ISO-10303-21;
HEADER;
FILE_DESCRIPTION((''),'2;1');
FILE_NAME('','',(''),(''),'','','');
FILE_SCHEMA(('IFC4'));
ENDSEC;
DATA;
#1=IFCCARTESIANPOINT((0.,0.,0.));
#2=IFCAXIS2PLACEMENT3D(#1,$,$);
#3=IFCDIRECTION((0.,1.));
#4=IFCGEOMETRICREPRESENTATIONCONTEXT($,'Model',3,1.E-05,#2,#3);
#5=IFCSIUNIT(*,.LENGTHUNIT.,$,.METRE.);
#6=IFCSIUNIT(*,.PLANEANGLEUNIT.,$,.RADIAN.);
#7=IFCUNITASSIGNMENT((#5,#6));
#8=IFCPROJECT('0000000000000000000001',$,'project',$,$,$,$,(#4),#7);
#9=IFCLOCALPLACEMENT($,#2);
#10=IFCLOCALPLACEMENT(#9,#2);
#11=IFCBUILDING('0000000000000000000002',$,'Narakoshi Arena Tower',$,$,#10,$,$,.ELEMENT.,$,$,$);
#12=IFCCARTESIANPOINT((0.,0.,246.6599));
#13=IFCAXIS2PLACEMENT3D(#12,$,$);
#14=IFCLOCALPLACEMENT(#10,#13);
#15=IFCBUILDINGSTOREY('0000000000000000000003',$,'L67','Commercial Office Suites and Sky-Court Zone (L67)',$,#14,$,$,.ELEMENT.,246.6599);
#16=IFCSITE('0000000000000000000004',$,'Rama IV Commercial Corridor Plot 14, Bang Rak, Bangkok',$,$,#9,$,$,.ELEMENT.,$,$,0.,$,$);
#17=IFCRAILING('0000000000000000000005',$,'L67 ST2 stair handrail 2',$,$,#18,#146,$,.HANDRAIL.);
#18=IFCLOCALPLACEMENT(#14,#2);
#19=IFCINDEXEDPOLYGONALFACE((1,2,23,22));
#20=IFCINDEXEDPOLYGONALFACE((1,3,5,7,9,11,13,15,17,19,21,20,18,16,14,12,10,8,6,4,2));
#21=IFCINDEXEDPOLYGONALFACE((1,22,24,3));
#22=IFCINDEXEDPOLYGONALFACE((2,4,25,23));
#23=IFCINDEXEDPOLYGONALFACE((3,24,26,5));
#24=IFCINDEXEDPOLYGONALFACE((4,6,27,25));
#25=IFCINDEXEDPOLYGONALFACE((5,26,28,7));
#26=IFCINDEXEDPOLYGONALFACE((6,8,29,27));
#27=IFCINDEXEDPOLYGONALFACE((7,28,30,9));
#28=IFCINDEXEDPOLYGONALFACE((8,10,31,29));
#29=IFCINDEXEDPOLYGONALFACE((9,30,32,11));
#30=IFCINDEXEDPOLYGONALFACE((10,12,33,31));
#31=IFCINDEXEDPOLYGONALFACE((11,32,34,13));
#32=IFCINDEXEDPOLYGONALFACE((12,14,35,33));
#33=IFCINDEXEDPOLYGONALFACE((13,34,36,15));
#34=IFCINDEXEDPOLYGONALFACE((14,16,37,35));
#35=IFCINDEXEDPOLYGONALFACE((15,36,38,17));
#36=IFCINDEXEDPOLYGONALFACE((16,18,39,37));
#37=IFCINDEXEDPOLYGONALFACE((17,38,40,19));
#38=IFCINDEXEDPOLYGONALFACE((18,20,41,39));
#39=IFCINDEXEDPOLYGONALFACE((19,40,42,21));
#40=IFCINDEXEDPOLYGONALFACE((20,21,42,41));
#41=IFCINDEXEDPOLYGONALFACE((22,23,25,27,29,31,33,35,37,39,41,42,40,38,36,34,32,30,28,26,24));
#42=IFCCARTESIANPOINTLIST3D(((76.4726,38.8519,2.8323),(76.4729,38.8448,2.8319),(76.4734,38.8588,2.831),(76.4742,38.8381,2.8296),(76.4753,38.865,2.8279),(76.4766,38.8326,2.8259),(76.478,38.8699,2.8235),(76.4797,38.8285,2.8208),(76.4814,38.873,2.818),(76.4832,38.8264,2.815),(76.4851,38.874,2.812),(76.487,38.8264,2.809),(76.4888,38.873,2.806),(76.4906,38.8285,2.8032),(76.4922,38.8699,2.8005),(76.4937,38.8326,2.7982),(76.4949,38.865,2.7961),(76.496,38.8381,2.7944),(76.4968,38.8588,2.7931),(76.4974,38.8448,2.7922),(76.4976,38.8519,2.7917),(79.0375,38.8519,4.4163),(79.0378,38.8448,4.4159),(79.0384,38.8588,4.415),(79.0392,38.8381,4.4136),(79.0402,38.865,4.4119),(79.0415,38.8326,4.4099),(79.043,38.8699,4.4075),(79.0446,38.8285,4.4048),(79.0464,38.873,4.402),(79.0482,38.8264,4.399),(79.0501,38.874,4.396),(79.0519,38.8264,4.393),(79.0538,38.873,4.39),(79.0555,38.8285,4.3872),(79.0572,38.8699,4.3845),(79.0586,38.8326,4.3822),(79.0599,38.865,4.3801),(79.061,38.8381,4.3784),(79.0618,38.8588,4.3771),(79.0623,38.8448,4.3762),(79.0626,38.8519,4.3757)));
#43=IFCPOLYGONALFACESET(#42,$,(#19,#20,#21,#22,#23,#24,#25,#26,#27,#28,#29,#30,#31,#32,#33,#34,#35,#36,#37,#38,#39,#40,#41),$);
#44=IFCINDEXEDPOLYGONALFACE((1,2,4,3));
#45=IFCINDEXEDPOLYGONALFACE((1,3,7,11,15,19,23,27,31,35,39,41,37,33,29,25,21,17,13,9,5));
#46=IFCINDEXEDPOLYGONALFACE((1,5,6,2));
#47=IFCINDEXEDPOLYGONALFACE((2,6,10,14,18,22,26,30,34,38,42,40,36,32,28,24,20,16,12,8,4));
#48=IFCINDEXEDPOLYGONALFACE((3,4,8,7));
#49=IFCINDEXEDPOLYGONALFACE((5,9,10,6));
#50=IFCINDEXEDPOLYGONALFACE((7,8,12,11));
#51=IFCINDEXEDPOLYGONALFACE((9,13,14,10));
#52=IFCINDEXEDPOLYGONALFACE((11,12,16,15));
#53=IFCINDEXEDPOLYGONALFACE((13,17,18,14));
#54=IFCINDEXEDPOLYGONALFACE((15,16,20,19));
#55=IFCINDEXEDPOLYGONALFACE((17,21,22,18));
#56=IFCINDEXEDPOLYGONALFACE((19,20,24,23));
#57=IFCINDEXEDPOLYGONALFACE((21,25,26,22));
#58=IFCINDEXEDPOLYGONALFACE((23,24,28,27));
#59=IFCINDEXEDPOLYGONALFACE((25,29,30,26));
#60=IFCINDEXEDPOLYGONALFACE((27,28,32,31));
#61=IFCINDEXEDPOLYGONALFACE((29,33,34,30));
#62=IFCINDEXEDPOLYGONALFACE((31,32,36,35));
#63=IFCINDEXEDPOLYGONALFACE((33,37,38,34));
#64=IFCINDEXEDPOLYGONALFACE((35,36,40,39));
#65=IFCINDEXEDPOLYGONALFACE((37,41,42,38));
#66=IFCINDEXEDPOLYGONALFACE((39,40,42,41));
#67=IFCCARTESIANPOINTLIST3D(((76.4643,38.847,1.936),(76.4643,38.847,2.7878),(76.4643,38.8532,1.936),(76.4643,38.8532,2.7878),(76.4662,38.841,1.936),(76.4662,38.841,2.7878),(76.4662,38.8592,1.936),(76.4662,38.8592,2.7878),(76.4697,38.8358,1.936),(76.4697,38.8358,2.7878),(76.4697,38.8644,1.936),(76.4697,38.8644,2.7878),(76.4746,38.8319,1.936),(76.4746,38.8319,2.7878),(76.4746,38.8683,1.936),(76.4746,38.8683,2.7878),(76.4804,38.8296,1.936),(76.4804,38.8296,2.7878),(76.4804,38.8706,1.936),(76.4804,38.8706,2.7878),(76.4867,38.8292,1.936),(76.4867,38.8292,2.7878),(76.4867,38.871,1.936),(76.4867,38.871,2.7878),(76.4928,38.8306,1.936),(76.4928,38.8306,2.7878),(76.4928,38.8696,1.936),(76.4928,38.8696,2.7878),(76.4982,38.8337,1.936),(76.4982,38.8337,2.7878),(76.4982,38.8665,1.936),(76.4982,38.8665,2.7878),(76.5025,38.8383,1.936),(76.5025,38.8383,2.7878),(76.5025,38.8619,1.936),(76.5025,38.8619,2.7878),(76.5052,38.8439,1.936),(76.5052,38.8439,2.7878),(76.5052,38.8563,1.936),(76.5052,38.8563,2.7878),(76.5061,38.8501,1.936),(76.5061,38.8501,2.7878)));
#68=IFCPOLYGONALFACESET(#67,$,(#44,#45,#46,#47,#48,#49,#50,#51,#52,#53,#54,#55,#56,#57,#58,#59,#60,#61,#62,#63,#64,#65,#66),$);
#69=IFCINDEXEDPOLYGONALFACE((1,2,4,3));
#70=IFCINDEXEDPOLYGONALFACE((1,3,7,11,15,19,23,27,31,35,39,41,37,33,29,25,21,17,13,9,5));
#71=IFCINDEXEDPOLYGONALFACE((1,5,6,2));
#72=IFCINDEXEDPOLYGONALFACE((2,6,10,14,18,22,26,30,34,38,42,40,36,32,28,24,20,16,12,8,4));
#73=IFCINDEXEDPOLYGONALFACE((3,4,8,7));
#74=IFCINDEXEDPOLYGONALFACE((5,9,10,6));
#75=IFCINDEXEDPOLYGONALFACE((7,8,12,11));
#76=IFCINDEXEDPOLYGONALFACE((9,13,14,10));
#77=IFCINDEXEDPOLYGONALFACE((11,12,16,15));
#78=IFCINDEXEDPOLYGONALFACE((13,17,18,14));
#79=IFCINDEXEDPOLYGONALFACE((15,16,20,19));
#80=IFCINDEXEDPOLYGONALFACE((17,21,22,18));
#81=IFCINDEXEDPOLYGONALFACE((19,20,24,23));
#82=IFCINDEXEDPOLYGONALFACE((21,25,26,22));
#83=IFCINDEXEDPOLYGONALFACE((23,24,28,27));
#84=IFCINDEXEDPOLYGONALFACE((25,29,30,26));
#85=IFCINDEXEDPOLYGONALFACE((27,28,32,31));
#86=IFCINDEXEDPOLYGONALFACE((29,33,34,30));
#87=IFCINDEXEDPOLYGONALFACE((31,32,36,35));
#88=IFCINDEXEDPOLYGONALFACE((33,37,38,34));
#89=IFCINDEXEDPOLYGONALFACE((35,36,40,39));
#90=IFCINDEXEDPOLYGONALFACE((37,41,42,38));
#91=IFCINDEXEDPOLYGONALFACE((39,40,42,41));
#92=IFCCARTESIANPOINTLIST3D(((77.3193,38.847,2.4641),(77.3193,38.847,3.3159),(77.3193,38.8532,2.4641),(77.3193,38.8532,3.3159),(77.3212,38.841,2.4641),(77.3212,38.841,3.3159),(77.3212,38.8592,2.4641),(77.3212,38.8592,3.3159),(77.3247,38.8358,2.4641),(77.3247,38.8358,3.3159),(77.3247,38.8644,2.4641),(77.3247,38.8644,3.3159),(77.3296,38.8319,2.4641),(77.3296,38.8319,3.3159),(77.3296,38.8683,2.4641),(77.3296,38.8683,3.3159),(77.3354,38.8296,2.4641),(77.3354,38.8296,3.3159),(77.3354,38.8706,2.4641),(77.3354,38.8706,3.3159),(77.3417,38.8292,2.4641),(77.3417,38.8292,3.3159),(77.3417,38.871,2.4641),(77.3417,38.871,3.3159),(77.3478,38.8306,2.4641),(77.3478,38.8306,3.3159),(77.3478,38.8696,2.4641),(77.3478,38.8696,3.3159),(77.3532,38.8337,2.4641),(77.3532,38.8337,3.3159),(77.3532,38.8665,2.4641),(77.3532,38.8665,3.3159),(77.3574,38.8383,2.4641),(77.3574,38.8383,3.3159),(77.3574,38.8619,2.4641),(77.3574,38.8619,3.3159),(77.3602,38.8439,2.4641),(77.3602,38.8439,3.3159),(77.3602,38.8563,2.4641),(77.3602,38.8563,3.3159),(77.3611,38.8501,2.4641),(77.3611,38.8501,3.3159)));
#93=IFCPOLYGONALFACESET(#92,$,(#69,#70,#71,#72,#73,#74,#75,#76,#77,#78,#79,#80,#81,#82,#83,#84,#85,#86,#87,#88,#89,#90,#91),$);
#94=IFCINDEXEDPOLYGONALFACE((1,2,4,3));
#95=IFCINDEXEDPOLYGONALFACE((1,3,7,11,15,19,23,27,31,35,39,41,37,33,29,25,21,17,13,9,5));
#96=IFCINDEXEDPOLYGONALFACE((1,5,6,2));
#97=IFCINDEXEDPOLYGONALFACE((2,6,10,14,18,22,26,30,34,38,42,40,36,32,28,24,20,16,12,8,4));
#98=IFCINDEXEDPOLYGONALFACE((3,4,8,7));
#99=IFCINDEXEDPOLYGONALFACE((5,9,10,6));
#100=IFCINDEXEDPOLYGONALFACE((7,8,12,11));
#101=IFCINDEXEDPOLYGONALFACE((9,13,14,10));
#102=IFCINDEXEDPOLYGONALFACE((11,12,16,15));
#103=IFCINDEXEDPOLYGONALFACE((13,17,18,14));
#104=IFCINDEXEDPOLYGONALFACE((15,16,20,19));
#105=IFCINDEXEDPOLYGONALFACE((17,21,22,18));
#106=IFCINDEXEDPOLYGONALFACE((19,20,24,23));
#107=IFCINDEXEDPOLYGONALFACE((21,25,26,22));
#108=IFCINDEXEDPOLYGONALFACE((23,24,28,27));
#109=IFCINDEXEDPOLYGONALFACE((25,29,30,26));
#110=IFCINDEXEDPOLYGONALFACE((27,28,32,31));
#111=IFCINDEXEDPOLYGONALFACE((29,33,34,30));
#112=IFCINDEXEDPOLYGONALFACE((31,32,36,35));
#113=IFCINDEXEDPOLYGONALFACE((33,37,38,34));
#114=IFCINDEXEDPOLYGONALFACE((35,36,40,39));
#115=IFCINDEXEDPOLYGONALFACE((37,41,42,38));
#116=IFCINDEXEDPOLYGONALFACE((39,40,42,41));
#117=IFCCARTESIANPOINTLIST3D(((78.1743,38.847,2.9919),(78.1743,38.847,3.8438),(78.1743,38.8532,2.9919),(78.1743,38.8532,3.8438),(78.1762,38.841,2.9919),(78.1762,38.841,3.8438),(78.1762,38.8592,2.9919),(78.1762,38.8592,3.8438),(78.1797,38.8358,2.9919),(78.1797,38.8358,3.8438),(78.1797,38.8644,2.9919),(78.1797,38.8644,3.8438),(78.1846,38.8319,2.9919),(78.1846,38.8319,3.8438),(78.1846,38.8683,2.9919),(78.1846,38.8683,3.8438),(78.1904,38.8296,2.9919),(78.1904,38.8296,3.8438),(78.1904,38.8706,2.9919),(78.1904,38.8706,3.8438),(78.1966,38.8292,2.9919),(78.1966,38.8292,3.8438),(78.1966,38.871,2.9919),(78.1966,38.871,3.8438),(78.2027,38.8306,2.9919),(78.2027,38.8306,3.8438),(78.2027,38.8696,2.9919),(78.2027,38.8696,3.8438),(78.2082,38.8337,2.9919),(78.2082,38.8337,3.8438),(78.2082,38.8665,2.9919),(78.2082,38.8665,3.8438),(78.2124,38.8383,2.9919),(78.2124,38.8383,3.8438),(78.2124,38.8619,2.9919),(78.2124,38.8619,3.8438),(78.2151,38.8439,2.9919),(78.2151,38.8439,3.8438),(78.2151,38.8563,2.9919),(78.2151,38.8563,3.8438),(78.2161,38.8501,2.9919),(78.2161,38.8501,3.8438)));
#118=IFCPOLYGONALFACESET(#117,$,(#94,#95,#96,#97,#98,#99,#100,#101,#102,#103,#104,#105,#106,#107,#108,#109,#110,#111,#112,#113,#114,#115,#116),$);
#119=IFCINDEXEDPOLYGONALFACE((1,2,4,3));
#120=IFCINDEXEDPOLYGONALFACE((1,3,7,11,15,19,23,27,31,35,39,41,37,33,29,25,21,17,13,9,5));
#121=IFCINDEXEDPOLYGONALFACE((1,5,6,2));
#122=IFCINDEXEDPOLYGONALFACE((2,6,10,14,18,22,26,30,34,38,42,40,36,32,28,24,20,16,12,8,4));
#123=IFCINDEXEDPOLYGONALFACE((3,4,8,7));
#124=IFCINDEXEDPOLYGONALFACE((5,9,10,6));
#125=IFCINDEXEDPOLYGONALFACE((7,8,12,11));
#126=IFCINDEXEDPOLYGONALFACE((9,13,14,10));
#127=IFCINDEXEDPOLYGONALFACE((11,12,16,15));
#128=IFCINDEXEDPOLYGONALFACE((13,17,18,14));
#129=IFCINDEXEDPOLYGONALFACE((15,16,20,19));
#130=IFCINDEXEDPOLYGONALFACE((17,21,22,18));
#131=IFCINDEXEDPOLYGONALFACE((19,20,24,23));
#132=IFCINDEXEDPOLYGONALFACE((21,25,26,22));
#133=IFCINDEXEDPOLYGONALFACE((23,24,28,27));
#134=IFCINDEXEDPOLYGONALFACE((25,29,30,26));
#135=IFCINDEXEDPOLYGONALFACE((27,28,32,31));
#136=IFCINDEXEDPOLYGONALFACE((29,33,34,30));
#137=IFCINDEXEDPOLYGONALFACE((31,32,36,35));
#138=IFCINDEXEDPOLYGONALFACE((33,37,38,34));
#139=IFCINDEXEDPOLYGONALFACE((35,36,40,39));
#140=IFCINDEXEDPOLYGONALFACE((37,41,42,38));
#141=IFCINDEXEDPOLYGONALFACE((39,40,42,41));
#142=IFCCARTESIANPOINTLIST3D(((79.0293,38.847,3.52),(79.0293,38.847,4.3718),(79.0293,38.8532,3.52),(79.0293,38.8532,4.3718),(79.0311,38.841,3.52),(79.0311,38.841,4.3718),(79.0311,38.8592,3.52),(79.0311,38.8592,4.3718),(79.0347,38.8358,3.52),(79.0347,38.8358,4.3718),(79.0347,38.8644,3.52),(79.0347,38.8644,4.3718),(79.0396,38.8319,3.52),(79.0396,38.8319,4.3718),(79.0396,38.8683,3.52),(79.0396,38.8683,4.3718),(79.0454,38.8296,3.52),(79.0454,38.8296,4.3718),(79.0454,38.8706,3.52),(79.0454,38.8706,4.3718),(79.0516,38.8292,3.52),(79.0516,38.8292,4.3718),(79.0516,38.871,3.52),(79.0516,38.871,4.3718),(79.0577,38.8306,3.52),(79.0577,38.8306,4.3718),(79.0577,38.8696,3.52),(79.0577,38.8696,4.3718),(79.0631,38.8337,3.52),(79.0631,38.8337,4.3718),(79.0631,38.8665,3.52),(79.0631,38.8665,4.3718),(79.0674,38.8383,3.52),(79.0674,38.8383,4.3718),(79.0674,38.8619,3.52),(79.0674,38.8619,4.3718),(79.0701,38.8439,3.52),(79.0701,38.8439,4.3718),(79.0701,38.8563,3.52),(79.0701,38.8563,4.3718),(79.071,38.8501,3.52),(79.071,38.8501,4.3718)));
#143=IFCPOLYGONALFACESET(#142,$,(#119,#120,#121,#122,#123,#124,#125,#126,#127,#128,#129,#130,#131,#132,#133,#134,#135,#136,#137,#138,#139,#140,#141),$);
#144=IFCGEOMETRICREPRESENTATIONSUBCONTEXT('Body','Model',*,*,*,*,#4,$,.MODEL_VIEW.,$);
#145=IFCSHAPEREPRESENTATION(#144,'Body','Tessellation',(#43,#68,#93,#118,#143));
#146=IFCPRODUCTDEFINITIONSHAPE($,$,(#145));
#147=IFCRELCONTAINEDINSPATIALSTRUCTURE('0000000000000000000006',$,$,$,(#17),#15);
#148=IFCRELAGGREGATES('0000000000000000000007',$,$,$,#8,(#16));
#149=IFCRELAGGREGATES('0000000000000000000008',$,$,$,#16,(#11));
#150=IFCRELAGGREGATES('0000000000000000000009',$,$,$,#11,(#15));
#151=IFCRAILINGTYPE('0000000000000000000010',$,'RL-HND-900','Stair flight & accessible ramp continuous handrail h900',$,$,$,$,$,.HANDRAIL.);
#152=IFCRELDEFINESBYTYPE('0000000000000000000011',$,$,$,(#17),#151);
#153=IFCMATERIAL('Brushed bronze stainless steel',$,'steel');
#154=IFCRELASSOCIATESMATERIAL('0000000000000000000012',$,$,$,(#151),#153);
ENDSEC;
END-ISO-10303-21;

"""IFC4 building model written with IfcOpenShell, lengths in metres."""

from ifc_helpers import new_model, si_unit, direction, frame, origin, origin_2d, place, context, subcontext, project, spatial, circle, extrude, material, type_object, element, save


model = new_model("IFC4")

# Units and contexts
model_context = context("Model", 3, precision=1e-05, world=origin(), true_north=direction((0.0, 1.0)))
body_context = subcontext(model_context, "Body", "Model", "MODEL_VIEW")
ifc_project = project(units=[si_unit("LENGTHUNIT", "METRE"), si_unit("PLANEANGLEUNIT", "RADIAN")], contexts=[model_context])

# Site, building, storey
site_placement = place(None, origin())
site = spatial("IfcSite", under=ifc_project, at=site_placement, Name="Rama IV Commercial Corridor Plot 14, Bang Rak, Bangkok", CompositionType="ELEMENT", RefElevation=0.0)
building_placement = place(site_placement, origin())
building = spatial("IfcBuilding", under=site, at=building_placement, Name="Narakoshi Arena Tower", CompositionType="ELEMENT")
storey_placement = place(building_placement, frame((0.0, 0.0, 246.6599)))
storey = spatial("IfcBuildingStorey", under=building, at=storey_placement, Name="L67", Description="Commercial Office Suites and Sky-Court Zone (L67)", CompositionType="ELEMENT", Elevation=246.6599)

# Railing
ifc_material_1 = material(Name="Brushed bronze stainless steel", Category="steel")
railing_type_1 = type_object("IfcRailingType", Name="RL-HND-900", Description="Stair flight & accessible ramp continuous handrail h900", PredefinedType="HANDRAIL", material=ifc_material_1)
railing_1_placement = place(storey_placement, frame((76.4851, 38.8501, 1.936)))
element("IfcRailing", 1, at=railing_1_placement, inside=storey, type_object=railing_type_1, Name="L67 ST2 stair handrail 2", PredefinedType="HANDRAIL", context=body_context, shape_type="SweptSolid", body=[
    extrude(circle(Radius=0.0239, at=origin_2d()), frame((0.0, 0.0, 0.876), z_axis=(0.850834, 0.0, 0.525434), x_axis=(0.0, 1.0, 0.0)), (0.0, 0.0, 1.0), 3.0146),
    extrude(circle(Radius=0.021, at=origin_2d()), origin(), (0.0, 0.0, 1.0), 0.8518),
    extrude(circle(Radius=0.021, at=origin_2d()), frame((0.855, 0.0, 0.5281)), (0.0, 0.0, 1.0), 0.8518),
    extrude(circle(Radius=0.021, at=origin_2d()), frame((1.71, 0.0, 1.0559)), (0.0, 0.0, 1.0), 0.8518),
    extrude(circle(Radius=0.021, at=origin_2d()), frame((2.5649, 0.0, 1.584)), (0.0, 0.0, 1.0), 0.8518),
])

save(model, "model.ifc")
